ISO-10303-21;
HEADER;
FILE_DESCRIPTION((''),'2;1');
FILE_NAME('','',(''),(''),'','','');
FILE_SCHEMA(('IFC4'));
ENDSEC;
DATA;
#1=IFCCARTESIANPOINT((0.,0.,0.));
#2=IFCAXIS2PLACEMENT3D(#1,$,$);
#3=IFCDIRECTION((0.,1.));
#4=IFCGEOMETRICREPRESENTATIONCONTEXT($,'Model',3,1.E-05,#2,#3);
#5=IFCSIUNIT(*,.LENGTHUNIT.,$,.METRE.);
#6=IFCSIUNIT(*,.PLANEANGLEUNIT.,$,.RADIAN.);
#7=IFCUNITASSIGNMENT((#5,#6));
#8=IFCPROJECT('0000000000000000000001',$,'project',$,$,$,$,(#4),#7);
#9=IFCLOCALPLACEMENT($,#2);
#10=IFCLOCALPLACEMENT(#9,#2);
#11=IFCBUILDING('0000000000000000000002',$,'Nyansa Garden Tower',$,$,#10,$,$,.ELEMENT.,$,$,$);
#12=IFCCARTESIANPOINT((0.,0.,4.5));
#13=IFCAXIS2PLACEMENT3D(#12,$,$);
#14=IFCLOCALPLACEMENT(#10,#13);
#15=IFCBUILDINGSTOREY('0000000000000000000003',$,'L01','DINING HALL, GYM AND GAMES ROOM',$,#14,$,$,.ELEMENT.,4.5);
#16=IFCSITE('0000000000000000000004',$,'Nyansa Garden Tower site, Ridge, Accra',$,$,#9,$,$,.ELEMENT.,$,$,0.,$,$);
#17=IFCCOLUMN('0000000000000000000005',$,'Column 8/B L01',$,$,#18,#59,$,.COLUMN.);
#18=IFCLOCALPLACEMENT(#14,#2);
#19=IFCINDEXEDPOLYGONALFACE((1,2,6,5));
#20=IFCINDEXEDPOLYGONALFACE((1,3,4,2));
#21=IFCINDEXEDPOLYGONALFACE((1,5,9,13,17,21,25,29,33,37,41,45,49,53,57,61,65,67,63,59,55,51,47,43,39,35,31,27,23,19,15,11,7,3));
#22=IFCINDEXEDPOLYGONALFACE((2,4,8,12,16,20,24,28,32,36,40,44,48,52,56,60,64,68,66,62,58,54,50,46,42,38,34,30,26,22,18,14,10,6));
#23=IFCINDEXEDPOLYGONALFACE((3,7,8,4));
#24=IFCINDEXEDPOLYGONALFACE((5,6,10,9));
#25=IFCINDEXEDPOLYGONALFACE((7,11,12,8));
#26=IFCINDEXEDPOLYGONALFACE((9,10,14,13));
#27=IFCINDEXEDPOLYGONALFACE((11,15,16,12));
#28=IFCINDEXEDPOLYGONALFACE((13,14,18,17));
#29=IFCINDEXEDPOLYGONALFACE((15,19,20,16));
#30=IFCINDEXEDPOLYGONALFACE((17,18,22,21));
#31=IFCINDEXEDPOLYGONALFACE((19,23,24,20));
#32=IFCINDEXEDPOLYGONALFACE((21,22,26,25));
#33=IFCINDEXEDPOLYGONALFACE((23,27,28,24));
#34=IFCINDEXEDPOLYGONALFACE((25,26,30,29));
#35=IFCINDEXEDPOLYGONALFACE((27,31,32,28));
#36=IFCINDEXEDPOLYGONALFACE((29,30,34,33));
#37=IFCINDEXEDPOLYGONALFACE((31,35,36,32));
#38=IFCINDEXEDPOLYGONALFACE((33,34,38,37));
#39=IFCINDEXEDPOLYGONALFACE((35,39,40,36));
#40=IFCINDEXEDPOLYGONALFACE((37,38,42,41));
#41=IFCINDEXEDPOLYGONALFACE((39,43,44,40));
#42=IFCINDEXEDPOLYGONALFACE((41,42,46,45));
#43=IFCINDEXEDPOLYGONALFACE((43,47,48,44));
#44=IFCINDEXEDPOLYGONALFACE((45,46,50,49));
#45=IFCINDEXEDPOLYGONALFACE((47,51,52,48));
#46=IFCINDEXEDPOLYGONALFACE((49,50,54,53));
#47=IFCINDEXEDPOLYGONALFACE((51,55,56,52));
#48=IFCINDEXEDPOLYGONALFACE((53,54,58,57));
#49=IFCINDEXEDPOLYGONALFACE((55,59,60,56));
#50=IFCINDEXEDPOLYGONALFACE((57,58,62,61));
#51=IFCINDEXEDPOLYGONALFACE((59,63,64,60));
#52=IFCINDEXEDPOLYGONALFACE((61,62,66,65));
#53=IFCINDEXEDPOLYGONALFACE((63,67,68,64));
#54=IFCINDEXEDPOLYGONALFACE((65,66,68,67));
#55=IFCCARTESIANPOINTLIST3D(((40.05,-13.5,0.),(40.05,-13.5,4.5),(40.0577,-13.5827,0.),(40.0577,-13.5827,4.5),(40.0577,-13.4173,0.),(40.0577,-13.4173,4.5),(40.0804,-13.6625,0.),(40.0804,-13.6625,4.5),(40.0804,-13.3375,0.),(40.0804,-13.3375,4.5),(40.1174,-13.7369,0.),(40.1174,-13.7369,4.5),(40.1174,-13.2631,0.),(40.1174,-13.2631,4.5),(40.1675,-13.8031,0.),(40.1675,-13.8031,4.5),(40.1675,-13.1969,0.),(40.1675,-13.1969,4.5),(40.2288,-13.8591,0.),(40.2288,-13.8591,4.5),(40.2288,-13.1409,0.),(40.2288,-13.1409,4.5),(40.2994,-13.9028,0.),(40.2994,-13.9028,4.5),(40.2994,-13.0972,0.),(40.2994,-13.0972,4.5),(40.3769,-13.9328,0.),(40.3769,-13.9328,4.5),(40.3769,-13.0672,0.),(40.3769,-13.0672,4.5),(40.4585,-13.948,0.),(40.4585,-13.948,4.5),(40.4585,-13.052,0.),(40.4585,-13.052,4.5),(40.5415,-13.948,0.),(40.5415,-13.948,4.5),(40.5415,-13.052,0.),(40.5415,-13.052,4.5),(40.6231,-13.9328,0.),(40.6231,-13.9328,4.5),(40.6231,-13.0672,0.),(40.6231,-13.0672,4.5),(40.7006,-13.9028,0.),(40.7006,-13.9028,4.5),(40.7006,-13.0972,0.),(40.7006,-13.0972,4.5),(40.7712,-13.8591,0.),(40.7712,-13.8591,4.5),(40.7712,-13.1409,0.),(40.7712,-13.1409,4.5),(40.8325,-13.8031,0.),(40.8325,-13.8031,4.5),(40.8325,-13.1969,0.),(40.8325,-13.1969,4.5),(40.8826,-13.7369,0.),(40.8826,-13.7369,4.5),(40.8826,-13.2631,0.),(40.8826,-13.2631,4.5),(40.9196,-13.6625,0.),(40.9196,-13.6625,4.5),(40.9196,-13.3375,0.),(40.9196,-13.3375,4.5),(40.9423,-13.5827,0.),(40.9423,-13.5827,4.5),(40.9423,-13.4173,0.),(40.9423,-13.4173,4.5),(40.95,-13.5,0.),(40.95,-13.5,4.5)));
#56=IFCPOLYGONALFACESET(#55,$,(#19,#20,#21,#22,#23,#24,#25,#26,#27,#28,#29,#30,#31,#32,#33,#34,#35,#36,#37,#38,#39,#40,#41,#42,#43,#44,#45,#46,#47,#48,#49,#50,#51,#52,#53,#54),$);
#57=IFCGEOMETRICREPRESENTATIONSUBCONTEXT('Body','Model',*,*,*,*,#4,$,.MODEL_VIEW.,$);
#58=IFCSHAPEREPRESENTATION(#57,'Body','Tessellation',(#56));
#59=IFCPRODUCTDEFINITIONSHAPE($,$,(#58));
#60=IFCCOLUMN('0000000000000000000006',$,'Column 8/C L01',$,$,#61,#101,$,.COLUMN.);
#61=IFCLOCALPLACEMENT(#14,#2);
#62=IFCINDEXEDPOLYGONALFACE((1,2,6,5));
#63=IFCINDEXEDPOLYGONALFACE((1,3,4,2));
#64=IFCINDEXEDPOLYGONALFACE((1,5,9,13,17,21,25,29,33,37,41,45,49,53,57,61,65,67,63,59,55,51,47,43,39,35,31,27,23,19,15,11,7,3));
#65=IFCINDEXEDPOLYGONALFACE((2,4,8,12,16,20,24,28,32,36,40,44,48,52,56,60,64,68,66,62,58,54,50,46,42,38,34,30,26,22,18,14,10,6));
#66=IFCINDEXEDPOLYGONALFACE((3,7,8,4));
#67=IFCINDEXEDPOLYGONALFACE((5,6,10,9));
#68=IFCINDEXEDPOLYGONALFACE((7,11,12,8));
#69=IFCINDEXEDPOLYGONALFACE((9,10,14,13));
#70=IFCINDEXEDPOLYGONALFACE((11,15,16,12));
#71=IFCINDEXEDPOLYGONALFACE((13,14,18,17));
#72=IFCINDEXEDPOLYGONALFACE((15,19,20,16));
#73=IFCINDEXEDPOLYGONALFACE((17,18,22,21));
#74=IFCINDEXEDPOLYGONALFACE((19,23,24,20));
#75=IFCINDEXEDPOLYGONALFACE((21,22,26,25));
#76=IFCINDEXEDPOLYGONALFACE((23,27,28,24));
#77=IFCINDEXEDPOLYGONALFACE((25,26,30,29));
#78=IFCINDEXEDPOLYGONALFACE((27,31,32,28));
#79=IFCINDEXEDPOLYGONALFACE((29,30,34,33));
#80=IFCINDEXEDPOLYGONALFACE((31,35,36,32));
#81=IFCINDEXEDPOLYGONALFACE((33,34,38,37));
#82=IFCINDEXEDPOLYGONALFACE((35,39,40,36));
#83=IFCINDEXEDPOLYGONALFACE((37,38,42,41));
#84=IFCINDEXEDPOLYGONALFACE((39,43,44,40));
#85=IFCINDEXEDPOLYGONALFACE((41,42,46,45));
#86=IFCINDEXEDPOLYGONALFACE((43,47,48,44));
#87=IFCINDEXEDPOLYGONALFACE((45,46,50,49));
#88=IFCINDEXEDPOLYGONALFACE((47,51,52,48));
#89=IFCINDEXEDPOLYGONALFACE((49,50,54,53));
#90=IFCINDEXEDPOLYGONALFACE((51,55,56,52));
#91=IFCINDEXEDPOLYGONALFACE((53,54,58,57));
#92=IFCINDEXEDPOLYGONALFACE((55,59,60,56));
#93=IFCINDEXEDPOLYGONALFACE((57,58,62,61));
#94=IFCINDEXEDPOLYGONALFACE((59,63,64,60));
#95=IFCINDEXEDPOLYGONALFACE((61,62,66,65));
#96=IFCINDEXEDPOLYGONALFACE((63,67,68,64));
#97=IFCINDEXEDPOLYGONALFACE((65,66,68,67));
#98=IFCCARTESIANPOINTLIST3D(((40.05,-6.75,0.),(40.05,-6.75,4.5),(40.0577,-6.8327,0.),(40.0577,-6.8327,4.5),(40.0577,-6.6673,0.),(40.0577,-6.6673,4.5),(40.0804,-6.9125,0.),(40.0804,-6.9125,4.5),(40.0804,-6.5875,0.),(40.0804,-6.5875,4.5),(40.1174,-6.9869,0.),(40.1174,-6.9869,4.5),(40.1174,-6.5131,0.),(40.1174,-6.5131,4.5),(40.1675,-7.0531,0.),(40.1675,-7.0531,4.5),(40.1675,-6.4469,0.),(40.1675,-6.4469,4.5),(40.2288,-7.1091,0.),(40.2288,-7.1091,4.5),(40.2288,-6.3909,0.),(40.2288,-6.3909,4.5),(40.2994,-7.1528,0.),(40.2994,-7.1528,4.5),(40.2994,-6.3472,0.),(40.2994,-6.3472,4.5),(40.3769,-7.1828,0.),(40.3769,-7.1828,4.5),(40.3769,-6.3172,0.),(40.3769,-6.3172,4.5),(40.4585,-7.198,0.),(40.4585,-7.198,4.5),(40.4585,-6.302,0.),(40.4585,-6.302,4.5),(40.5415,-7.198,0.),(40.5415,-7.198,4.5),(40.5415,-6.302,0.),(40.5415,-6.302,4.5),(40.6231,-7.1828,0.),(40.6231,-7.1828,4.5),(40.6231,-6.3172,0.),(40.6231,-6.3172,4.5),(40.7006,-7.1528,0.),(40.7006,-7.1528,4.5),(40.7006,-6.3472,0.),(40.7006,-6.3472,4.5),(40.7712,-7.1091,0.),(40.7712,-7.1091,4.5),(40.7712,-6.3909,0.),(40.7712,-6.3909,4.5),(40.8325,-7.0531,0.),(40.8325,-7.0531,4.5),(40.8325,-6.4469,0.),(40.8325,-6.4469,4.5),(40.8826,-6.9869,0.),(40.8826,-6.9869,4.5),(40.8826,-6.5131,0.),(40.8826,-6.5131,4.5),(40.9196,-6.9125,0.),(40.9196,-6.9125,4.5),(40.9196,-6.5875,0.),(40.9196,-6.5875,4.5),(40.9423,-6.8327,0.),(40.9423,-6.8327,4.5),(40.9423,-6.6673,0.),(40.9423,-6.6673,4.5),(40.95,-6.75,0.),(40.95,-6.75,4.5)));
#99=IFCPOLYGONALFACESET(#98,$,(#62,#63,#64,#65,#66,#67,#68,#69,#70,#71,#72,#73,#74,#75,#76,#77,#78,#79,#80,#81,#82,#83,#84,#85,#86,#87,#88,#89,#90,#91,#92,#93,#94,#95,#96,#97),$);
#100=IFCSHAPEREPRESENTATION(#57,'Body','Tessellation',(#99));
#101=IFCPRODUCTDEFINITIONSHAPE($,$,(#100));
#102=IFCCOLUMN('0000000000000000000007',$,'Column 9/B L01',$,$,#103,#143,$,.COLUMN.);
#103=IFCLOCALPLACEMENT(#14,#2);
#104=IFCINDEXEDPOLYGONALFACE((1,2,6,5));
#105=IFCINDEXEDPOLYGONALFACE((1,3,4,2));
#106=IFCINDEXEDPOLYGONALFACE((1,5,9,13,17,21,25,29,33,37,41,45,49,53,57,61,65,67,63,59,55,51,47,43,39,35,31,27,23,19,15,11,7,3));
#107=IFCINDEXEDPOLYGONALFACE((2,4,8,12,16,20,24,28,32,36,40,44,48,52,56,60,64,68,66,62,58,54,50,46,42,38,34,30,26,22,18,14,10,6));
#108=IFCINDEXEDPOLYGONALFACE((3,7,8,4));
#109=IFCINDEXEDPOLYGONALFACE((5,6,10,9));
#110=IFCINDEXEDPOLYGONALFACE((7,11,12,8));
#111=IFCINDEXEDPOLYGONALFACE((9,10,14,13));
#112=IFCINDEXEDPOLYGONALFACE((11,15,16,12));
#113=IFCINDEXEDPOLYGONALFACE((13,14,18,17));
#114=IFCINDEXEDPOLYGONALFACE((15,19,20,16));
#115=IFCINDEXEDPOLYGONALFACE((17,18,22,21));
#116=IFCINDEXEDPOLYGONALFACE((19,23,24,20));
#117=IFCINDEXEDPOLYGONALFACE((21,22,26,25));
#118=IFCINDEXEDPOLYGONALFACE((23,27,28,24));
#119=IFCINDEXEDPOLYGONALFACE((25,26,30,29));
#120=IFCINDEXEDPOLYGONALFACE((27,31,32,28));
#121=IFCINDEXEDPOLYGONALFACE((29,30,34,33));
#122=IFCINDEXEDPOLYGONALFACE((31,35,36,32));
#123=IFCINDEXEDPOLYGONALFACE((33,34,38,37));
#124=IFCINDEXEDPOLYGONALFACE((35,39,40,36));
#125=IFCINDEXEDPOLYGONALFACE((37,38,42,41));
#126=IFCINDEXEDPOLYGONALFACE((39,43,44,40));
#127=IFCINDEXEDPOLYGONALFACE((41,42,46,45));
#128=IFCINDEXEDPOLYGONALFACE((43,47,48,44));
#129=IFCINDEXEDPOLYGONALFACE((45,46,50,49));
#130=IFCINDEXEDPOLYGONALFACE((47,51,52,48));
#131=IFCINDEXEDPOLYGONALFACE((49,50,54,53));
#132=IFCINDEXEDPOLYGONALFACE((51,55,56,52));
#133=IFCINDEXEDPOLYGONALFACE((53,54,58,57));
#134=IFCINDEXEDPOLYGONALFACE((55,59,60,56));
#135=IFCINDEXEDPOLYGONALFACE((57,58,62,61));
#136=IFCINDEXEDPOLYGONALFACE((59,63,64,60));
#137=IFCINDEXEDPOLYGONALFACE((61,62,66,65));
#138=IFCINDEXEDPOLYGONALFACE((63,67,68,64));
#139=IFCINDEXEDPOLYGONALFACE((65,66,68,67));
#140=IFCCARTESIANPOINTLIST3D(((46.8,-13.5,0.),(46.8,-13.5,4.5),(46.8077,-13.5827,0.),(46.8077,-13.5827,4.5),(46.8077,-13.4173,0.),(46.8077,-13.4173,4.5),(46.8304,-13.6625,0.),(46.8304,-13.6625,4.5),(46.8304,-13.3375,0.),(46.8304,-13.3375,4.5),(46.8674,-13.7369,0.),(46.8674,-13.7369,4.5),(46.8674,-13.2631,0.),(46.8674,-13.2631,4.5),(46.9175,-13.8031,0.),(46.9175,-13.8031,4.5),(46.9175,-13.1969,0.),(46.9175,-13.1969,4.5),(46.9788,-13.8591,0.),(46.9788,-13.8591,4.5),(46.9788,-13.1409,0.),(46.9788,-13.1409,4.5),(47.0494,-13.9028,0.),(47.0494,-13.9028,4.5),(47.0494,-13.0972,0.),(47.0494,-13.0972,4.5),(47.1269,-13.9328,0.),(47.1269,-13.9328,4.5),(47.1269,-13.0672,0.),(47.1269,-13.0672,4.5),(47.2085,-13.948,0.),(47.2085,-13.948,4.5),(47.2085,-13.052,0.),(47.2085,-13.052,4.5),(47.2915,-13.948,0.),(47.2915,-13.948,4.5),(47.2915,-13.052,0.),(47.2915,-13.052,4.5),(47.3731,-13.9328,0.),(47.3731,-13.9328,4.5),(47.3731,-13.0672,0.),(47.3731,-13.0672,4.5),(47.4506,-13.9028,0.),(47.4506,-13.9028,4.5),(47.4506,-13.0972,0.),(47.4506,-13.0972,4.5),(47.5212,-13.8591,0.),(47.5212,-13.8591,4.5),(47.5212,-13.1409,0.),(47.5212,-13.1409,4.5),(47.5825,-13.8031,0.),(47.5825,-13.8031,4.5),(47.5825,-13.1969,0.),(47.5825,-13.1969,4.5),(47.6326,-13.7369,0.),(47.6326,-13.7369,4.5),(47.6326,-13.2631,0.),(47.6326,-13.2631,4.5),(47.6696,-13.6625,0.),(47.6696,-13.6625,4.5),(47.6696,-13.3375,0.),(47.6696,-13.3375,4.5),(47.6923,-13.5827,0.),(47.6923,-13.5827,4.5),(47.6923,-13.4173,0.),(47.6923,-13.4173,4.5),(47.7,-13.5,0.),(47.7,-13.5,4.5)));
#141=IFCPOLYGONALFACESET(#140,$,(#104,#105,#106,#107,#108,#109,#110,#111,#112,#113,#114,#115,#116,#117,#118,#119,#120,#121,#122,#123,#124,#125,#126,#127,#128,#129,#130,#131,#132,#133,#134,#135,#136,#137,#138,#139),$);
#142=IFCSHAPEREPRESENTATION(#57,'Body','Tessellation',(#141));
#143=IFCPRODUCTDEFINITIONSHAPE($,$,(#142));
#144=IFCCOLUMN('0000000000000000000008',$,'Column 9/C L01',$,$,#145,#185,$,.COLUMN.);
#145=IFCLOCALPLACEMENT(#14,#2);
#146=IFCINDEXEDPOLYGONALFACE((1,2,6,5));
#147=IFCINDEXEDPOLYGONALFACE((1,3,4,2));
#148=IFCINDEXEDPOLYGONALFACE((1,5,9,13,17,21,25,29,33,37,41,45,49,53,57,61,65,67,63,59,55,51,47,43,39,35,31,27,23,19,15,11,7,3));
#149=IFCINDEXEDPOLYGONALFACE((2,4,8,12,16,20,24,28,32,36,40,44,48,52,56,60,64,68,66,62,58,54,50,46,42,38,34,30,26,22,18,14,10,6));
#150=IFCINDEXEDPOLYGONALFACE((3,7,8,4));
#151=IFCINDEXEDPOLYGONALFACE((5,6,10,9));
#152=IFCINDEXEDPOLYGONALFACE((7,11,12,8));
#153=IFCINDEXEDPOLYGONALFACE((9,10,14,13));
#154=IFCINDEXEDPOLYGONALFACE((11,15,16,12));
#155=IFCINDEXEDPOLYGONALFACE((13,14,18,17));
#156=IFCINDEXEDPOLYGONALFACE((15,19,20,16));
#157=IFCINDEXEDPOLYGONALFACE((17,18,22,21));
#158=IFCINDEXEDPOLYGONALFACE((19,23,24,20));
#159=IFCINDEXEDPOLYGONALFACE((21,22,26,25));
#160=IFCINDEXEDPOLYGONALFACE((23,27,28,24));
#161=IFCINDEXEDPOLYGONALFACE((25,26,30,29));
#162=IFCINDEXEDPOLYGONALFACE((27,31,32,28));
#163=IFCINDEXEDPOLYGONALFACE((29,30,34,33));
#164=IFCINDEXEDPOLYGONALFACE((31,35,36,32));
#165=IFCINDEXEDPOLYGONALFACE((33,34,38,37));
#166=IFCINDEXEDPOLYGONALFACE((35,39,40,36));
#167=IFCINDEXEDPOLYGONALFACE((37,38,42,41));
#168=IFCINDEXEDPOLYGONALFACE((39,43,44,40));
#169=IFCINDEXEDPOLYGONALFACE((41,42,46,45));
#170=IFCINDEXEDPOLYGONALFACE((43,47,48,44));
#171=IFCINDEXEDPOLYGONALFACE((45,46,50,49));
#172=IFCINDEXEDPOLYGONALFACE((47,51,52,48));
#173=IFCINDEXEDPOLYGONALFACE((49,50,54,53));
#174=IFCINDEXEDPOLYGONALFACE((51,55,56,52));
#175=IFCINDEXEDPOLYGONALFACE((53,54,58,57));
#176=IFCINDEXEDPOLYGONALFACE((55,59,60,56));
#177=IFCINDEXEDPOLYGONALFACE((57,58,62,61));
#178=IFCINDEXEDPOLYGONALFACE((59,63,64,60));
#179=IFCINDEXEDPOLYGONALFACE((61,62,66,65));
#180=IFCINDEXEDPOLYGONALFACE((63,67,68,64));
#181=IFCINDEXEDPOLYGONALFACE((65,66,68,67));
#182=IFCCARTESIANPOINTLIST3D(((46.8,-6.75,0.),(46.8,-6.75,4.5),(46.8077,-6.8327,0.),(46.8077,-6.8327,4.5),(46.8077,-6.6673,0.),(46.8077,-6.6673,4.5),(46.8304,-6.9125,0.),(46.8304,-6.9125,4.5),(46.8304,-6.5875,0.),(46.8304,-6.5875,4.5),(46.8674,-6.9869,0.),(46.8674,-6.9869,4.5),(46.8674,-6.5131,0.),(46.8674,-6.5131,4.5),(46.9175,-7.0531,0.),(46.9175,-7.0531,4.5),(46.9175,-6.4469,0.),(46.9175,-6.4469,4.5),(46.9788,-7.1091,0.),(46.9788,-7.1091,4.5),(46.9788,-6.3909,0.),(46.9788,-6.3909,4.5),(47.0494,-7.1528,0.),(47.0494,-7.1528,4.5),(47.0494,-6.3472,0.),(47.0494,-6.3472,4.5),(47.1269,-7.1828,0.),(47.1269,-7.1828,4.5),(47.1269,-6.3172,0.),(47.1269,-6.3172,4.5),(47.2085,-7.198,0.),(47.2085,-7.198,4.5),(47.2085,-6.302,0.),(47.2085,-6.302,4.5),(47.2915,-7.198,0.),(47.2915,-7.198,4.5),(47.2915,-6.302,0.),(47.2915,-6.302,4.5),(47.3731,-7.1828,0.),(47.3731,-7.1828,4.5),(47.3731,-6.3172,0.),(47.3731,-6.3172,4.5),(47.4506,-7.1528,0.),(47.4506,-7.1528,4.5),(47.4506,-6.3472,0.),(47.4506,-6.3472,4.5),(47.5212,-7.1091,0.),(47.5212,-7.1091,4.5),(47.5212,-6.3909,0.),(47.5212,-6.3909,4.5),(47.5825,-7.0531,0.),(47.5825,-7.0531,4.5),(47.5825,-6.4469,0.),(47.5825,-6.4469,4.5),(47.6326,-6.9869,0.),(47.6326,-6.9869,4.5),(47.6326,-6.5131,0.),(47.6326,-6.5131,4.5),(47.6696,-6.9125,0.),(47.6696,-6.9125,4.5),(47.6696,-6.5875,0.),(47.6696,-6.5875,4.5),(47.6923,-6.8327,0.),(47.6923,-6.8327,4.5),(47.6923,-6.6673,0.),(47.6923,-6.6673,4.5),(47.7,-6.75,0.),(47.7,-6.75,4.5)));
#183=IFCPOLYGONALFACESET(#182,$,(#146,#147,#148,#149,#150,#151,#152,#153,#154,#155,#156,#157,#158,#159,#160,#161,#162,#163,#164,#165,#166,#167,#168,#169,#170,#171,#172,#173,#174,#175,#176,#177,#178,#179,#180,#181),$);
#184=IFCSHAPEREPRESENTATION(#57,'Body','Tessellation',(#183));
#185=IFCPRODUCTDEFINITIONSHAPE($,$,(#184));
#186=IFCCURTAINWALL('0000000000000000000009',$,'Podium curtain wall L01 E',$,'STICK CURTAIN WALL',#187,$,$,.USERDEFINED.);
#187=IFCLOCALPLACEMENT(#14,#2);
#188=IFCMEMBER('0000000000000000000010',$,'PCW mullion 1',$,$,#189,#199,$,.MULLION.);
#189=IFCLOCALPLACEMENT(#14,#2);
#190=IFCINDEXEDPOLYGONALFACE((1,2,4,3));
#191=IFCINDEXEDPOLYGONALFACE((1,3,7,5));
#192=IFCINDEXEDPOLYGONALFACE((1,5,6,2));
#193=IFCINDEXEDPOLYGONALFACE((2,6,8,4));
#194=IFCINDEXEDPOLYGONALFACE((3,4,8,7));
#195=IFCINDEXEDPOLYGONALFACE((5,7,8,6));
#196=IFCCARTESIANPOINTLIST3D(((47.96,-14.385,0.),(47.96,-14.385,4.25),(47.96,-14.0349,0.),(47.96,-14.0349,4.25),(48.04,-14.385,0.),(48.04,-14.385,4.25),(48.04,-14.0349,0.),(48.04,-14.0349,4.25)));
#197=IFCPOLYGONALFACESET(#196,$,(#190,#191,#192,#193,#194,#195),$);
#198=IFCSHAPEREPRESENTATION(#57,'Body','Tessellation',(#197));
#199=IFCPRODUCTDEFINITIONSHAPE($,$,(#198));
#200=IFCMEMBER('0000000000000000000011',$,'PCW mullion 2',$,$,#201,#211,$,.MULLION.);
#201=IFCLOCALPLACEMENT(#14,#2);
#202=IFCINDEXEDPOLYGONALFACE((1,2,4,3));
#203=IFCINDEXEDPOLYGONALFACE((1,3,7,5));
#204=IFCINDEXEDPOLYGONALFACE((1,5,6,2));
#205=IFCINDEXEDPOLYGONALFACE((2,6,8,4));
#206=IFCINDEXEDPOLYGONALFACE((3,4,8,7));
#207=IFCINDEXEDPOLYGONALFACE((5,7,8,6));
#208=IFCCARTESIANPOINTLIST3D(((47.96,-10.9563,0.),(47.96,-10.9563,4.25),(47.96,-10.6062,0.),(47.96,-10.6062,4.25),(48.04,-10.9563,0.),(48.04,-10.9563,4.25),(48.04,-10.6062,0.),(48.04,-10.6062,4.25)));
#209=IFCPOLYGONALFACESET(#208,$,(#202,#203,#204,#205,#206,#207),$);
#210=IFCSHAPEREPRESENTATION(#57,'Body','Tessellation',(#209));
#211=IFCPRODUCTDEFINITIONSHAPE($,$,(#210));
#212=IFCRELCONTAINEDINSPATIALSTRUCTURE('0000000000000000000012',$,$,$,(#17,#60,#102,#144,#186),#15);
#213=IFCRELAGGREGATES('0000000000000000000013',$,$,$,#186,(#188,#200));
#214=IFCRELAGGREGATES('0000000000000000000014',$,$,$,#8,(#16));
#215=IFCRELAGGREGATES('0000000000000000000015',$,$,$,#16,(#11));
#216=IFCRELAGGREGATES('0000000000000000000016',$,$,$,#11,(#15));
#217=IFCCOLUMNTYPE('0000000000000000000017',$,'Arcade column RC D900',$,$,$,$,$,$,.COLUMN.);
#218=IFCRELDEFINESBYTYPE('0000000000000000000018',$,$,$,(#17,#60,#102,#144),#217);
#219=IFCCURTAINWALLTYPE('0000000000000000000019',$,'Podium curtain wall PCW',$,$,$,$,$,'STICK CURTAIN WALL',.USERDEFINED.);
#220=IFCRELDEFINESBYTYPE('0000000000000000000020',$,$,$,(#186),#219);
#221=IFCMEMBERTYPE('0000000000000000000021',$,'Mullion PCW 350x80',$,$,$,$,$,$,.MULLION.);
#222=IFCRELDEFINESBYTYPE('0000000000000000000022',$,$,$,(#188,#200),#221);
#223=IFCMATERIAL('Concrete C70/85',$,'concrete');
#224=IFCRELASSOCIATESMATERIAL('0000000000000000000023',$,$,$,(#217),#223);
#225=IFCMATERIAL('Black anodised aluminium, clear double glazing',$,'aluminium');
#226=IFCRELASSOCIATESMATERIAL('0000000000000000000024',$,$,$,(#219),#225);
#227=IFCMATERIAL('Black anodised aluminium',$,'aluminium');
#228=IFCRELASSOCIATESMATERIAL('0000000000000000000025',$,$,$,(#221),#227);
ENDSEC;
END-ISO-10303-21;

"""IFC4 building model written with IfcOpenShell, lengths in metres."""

from ifc_helpers import new_model, si_unit, direction, frame, origin, origin_2d, place, context, subcontext, project, spatial, rectangle, circle, extrude, material, material_profile, profile_set, type_object, element, aggregate, save


model = new_model("IFC4")

# Units and contexts
model_context = context("Model", 3, precision=1e-05, world=origin(), true_north=direction((0.0, 1.0)))
body_context = subcontext(model_context, "Body", "Model", "MODEL_VIEW")
ifc_project = project(units=[si_unit("LENGTHUNIT", "METRE"), si_unit("PLANEANGLEUNIT", "RADIAN")], contexts=[model_context])

# Site, building, storey
site_placement = place(None, origin())
site = spatial("IfcSite", under=ifc_project, at=site_placement, Name="Nyansa Garden Tower site, Ridge, Accra", CompositionType="ELEMENT", RefElevation=0.0)
building_placement = place(site_placement, origin())
building = spatial("IfcBuilding", under=site, at=building_placement, Name="Nyansa Garden Tower", CompositionType="ELEMENT")
storey_placement = place(building_placement, frame((0.0, 0.0, 4.5)))
storey = spatial("IfcBuildingStorey", under=building, at=storey_placement, Name="L01", Description="DINING HALL, GYM AND GAMES ROOM", CompositionType="ELEMENT", Elevation=4.5)

# Columns
ifc_material_1 = material(Name="Concrete C70/85", Category="concrete")
ifc_material_profile_1 = material_profile(ifc_material_1, circle(Radius=0.45, at=origin_2d()), Name="RC D900")
ifc_profile_set_1 = profile_set([ifc_material_profile_1], Name="Concrete C70/85")
column_type = type_object("IfcColumnType", Name="Arcade column RC D900", PredefinedType="COLUMN", material=ifc_profile_set_1)
for number, where, z_axis, x_axis, name in (
    (1, (40.5, -13.5, 0.0), (0.0, 0.0, 1.0), (1.0, 0.0, 0.0), "Column 8/B L01"),
    (2, (40.5, -6.75, 0.0), (0.0, 0.0, 1.0), (1.0, 0.0, 0.0), "Column 8/C L01"),
    (3, (47.25, -13.5, 0.0), (0.0, 0.0, 1.0), (1.0, 0.0, 0.0), "Column 9/B L01"),
    (4, (47.25, -6.75, 0.0), (0.0, 0.0, 1.0), (1.0, 0.0, 0.0), "Column 9/C L01"),
):
    element("IfcColumn", number, at=place(storey_placement, frame(where, z_axis=z_axis, x_axis=x_axis)), inside=storey, type_object=column_type, Name=name, PredefinedType="COLUMN", context=body_context, shape_type="SweptSolid", body=[
        extrude(circle(Radius=0.45, at=origin_2d()), origin(), (0.0, 0.0, 1.0), 4.5),
    ])

# Curtain wall, members
ifc_material_2 = material(Name="Black anodised aluminium, clear double glazing", Category="aluminium")
curtain_wall_type = type_object("IfcCurtainWallType", Name="Podium curtain wall PCW", ElementType="STICK CURTAIN WALL", PredefinedType="USERDEFINED", material=ifc_material_2)
curtain_wall_1_placement = place(storey_placement, origin())
curtain_wall_1 = element("IfcCurtainWall", 5, at=curtain_wall_1_placement, inside=storey, type_object=curtain_wall_type, Name="Podium curtain wall L01 E", ObjectType="STICK CURTAIN WALL", PredefinedType="USERDEFINED")
ifc_material_3 = material(Name="Black anodised aluminium", Category="aluminium")
ifc_material_profile_2 = material_profile(ifc_material_3, rectangle(XDim=0.0801, YDim=0.3501, at=origin_2d()), Name="Mullion 350x80")
ifc_profile_set_2 = profile_set([ifc_material_profile_2], Name="Black anodised aluminium")
member_type_1 = type_object("IfcMemberType", Name="Mullion PCW 350x80", PredefinedType="MULLION", material=ifc_profile_set_2)
member_1_placement = place(storey_placement, frame((48.0, -14.21, 0.0), z_axis=(0.0, 0.0, 1.0), x_axis=(-1.0, 0.0, 0.0)))
member_1 = element("IfcMember", 6, at=member_1_placement, type_object=member_type_1, Name="PCW mullion 1", PredefinedType="MULLION", context=body_context, shape_type="SweptSolid", body=[
    extrude(rectangle(XDim=0.0801, YDim=0.3501, at=origin_2d()), origin(), (0.0, 0.0, 1.0), 4.25),
])
member_2_placement = place(storey_placement, frame((48.0, -10.7812, 0.0), z_axis=(0.0, 0.0, 1.0), x_axis=(-1.0, 0.0, 0.0)))
member_2 = element("IfcMember", 7, at=member_2_placement, type_object=member_type_1, Name="PCW mullion 2", PredefinedType="MULLION", context=body_context, shape_type="SweptSolid", body=[
    extrude(rectangle(XDim=0.0801, YDim=0.3501, at=origin_2d()), origin(), (0.0, 0.0, 1.0), 4.25),
])

aggregate(curtain_wall_1, [member_1, member_2])

save(model, "model.ifc")
